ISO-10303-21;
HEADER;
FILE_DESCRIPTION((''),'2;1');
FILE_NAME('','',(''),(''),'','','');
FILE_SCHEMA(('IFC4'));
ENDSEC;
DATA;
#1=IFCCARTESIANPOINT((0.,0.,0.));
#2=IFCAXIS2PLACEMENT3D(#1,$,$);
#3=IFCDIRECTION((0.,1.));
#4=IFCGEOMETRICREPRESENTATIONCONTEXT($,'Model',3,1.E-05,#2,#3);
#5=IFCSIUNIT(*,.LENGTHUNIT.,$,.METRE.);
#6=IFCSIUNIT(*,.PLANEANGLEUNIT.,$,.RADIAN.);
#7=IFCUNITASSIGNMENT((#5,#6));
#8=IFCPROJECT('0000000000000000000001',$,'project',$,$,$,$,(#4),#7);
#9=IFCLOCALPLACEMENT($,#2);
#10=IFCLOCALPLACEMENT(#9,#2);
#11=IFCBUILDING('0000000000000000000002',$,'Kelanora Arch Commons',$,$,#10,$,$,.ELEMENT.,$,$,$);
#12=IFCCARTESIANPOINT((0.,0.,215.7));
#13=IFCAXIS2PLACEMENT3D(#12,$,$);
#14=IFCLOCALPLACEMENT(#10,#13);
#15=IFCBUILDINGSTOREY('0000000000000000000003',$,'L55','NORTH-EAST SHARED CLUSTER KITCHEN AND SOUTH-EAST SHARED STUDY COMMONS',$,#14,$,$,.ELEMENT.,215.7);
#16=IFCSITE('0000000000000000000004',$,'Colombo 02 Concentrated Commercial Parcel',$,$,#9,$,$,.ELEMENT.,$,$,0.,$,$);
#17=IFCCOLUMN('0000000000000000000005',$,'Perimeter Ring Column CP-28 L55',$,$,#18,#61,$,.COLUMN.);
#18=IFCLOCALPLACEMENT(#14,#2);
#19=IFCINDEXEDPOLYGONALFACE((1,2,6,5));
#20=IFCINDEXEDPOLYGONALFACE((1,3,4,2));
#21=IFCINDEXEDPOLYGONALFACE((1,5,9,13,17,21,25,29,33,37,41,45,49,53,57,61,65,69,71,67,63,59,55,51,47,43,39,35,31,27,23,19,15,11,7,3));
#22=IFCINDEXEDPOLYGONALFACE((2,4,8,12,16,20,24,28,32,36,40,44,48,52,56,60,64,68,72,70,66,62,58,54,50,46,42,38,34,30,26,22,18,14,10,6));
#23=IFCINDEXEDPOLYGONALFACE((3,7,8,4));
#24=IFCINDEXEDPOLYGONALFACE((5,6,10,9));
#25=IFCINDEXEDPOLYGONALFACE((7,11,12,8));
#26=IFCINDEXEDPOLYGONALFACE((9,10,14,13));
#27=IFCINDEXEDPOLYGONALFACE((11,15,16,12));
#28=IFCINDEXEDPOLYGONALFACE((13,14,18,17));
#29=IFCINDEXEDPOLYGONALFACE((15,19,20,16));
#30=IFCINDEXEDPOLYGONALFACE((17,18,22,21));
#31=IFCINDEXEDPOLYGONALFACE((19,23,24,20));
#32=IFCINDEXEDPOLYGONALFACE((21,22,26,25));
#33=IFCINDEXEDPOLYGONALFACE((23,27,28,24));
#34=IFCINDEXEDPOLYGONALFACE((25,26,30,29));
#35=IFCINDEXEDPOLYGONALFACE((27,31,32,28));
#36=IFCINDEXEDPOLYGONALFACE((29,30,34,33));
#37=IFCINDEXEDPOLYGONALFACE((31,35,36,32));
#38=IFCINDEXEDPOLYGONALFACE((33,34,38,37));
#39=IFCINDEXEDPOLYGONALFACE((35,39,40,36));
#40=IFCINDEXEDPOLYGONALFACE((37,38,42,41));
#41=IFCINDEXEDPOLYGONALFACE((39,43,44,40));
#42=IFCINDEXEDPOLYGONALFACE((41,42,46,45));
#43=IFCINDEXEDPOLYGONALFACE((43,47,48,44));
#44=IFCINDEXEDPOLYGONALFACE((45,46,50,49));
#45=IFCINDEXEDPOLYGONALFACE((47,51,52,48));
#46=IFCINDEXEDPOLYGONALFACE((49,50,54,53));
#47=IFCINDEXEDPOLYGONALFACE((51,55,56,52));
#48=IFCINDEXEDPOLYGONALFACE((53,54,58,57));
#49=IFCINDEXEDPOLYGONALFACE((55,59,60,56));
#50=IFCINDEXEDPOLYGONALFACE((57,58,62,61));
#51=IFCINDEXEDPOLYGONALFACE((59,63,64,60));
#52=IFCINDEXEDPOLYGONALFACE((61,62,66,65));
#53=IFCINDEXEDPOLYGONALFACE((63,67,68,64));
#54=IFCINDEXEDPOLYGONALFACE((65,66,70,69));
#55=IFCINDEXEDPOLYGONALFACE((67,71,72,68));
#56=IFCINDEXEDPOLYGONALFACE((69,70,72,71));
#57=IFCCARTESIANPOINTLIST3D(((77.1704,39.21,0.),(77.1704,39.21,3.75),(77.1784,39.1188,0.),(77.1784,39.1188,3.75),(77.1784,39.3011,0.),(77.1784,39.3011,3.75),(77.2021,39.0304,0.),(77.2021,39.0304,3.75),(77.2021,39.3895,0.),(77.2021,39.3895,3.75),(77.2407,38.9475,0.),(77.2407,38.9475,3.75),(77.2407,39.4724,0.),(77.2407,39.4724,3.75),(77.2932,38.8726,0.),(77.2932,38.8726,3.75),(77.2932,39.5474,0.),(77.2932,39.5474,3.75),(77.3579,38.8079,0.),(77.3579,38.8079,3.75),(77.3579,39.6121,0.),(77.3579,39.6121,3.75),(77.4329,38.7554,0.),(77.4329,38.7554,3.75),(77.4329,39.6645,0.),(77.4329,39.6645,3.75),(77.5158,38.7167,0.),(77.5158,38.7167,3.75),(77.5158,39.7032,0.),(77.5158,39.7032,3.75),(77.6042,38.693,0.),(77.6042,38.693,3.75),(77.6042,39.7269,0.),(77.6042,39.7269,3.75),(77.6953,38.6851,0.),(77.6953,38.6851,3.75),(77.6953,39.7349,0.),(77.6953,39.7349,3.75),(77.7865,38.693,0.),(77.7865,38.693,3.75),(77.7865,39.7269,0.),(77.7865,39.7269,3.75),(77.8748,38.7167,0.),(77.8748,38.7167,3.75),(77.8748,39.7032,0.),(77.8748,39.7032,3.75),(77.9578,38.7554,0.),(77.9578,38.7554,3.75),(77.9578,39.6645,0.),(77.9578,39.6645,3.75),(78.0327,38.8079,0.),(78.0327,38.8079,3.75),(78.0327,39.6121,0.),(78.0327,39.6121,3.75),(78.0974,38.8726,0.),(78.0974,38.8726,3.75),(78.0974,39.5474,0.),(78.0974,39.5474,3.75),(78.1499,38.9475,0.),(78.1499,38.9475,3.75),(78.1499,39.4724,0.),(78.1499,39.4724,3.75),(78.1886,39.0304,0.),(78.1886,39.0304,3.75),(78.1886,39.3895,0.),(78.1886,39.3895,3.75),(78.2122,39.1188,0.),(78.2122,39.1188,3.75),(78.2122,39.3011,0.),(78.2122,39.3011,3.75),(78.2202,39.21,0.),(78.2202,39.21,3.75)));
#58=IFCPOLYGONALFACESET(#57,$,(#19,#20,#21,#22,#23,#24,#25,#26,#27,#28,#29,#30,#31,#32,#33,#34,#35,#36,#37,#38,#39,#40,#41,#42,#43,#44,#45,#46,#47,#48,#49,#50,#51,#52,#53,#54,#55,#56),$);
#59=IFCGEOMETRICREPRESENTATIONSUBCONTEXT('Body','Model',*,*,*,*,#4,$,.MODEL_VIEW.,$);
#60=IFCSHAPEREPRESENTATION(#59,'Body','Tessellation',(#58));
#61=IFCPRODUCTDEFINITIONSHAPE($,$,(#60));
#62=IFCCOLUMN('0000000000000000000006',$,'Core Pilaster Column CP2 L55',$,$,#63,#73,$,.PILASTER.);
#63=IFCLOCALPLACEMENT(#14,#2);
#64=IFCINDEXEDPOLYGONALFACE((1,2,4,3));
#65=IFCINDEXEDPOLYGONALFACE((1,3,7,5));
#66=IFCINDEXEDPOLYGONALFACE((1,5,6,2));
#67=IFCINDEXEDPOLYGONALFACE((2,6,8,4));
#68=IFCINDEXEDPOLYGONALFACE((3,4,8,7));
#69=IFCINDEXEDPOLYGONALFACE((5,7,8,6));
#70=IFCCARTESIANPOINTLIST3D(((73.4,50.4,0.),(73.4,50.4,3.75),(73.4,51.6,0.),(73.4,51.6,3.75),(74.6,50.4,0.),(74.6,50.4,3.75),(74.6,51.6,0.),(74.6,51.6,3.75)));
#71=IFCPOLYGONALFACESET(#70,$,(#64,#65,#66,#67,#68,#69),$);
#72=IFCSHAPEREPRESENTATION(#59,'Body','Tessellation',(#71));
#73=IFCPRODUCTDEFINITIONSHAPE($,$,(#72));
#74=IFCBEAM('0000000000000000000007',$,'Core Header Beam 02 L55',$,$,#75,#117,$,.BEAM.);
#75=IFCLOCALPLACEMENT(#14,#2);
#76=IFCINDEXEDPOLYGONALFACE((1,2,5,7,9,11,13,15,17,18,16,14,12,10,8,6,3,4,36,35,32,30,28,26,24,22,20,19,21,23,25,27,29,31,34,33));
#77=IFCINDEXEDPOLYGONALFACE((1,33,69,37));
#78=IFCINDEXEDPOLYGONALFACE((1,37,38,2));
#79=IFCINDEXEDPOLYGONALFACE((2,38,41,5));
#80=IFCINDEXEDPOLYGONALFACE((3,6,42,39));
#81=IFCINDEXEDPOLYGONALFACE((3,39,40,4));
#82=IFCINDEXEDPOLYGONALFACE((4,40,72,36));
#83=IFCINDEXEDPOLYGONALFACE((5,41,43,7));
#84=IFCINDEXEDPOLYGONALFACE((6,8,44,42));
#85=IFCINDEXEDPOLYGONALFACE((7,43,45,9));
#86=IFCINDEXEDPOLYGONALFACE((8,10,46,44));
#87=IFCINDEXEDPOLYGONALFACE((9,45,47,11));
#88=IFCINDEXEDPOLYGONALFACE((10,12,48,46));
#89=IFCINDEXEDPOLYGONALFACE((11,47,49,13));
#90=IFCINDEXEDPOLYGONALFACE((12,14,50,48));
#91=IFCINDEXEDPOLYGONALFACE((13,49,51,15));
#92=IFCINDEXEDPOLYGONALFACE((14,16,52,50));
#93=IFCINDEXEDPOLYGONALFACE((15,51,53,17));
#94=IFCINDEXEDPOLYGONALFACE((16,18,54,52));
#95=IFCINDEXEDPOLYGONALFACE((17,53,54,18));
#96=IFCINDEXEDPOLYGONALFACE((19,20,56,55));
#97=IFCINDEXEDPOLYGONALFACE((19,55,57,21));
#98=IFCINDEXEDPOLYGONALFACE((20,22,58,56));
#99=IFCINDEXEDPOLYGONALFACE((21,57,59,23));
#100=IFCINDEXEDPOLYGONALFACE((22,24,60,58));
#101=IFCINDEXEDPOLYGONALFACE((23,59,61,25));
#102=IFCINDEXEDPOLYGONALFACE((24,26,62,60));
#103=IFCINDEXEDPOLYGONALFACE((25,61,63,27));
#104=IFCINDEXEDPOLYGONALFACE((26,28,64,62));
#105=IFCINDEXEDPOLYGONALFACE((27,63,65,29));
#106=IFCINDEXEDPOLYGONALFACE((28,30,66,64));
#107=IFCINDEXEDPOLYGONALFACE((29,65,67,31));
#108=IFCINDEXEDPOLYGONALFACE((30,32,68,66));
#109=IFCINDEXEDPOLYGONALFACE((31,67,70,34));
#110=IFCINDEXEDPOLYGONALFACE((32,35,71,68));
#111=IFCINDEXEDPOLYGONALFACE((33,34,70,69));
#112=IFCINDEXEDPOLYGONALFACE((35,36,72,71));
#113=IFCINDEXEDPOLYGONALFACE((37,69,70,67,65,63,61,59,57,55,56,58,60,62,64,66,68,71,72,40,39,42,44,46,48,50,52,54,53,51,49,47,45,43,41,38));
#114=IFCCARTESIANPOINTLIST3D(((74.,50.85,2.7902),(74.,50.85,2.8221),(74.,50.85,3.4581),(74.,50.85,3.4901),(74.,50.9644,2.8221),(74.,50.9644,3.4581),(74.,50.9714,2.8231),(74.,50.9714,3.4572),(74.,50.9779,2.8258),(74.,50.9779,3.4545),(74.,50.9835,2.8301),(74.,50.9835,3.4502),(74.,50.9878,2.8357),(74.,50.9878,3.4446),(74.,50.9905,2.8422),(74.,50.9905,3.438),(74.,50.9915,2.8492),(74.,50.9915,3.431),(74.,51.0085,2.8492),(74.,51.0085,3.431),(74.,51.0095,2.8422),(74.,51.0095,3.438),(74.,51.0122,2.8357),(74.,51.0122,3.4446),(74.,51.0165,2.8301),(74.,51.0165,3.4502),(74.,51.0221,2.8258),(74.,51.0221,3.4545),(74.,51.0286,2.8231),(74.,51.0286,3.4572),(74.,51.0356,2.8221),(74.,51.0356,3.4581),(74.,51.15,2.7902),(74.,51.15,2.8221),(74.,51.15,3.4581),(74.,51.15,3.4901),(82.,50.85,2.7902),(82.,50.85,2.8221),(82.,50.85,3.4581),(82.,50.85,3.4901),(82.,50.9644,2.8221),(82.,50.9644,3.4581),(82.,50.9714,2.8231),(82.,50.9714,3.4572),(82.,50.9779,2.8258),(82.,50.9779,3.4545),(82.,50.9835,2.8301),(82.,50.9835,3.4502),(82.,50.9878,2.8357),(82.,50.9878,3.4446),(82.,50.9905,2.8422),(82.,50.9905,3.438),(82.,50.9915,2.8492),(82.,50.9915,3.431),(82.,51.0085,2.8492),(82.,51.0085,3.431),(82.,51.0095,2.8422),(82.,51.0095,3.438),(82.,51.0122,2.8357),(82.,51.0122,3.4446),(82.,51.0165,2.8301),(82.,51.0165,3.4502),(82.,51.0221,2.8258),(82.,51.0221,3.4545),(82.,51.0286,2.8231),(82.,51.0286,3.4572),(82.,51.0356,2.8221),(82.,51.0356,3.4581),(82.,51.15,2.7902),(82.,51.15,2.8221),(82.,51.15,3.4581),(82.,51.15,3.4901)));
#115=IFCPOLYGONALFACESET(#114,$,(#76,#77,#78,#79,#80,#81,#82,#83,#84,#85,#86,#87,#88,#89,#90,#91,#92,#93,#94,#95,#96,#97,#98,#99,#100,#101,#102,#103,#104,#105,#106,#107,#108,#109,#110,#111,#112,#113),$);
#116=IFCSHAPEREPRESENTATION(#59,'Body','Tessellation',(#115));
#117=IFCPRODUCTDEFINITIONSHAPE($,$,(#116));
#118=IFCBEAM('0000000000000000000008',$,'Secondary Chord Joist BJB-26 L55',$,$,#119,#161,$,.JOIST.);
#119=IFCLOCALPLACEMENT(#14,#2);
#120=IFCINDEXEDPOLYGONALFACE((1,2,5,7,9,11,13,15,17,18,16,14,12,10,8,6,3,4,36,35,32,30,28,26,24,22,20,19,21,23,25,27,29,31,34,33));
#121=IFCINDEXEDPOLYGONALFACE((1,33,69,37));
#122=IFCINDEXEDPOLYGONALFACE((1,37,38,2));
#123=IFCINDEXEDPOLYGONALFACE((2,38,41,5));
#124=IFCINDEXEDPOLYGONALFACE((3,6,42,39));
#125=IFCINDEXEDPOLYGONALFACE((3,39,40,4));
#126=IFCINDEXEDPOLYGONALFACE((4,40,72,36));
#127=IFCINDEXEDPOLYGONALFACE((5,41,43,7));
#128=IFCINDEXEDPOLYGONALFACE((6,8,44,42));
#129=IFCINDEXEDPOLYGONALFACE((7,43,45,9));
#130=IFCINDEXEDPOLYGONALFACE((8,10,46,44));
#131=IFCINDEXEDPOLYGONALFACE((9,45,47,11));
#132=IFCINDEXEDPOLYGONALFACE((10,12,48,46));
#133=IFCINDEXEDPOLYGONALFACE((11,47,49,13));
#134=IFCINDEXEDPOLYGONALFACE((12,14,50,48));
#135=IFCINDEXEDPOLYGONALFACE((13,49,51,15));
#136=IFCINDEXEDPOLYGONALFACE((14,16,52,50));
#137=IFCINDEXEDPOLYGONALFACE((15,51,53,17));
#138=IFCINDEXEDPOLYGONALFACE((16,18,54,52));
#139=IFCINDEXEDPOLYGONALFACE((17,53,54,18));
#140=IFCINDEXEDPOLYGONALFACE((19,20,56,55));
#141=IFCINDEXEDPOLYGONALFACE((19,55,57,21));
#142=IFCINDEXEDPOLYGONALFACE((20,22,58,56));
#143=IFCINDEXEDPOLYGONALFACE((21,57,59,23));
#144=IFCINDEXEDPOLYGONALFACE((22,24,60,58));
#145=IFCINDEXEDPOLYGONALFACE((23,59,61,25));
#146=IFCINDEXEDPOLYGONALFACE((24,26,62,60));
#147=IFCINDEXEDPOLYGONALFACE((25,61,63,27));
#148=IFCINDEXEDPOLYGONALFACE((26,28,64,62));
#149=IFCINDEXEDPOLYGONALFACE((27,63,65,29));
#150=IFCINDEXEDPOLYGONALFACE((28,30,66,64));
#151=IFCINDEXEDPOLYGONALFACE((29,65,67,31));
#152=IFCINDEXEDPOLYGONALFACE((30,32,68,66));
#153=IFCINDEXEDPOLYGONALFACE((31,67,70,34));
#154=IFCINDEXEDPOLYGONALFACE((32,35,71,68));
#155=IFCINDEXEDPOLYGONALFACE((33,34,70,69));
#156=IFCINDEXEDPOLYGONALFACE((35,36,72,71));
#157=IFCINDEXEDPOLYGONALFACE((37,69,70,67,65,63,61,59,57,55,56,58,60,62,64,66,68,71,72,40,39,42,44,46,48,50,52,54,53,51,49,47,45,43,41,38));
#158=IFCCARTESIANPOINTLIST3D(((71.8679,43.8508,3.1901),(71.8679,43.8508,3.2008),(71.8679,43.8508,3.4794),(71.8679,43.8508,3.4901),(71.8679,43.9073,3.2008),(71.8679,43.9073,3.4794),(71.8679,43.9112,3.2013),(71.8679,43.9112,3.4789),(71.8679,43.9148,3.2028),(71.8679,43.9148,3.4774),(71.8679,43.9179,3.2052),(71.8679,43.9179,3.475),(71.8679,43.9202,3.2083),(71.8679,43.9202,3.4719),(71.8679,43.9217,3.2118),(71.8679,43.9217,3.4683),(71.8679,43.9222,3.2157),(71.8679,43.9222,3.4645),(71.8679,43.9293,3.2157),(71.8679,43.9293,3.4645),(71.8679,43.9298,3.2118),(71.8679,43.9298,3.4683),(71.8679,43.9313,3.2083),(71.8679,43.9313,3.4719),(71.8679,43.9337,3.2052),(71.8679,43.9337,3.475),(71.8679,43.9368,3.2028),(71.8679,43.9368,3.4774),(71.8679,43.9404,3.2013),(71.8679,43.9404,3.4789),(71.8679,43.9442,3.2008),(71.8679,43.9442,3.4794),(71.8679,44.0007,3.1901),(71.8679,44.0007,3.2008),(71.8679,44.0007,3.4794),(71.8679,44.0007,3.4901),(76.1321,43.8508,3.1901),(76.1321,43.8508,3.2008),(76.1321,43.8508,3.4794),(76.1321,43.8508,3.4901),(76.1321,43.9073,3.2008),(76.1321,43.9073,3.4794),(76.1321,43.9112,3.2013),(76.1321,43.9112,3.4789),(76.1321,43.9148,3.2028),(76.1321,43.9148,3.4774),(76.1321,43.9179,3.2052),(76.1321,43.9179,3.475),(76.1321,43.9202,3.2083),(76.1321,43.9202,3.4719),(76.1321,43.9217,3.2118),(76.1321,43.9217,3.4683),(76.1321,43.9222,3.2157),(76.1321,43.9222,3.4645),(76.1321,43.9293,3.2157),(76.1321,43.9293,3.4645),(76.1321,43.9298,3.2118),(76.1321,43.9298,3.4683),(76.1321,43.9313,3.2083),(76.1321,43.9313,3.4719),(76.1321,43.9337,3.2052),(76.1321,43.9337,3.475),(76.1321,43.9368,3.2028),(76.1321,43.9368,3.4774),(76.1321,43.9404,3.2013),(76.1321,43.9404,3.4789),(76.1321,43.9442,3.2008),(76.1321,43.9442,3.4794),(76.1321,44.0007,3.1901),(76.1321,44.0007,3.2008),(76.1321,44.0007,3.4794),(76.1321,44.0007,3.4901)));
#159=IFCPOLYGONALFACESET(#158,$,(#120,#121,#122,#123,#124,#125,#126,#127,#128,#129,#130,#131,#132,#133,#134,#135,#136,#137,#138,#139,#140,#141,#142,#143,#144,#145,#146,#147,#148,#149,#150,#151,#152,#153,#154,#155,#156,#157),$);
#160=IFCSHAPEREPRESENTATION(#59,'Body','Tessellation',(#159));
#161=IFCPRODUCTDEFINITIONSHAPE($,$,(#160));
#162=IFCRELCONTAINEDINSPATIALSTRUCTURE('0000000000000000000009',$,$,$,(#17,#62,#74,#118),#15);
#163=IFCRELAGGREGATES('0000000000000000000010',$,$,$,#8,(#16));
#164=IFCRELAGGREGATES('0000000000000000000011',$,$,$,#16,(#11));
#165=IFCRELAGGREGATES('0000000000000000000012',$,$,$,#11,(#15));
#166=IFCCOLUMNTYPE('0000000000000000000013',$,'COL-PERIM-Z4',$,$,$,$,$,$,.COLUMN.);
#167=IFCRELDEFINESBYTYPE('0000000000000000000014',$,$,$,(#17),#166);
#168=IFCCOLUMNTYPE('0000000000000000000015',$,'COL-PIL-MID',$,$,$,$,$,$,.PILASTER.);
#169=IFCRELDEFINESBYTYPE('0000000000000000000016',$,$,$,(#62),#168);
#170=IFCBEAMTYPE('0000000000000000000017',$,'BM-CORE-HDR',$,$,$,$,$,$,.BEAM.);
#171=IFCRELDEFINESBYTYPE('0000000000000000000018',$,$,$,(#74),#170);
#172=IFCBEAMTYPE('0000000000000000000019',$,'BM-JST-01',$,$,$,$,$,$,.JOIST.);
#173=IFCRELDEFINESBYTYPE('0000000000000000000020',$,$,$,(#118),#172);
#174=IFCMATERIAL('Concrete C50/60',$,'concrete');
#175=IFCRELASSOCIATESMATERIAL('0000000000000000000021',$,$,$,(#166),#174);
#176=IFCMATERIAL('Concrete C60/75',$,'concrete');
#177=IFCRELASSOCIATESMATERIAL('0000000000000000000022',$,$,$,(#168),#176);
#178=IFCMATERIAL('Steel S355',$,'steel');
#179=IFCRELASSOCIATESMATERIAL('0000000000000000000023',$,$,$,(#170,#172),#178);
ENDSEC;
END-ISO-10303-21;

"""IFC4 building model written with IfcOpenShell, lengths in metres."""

from ifc_helpers import new_model, si_unit, direction, frame, origin, origin_2d, place, context, subcontext, project, spatial, rectangle, circle, i_section, extrude, material, material_profile, profile_set, type_object, element, save


model = new_model("IFC4")

# Units and contexts
model_context = context("Model", 3, precision=1e-05, world=origin(), true_north=direction((0.0, 1.0)))
body_context = subcontext(model_context, "Body", "Model", "MODEL_VIEW")
ifc_project = project(units=[si_unit("LENGTHUNIT", "METRE"), si_unit("PLANEANGLEUNIT", "RADIAN")], contexts=[model_context])

# Site, building, storey
site_placement = place(None, origin())
site = spatial("IfcSite", under=ifc_project, at=site_placement, Name="Colombo 02 Concentrated Commercial Parcel", CompositionType="ELEMENT", RefElevation=0.0)
building_placement = place(site_placement, origin())
building = spatial("IfcBuilding", under=site, at=building_placement, Name="Kelanora Arch Commons", CompositionType="ELEMENT")
storey_placement = place(building_placement, frame((0.0, 0.0, 215.7)))
storey = spatial("IfcBuildingStorey", under=building, at=storey_placement, Name="L55", Description="NORTH-EAST SHARED CLUSTER KITCHEN AND SOUTH-EAST SHARED STUDY COMMONS", CompositionType="ELEMENT", Elevation=215.7)

# Columns
ifc_material_1 = material(Name="Concrete C50/60", Category="concrete")
ifc_material_profile_1 = material_profile(ifc_material_1, circle(Radius=0.5249, at=origin_2d()), Name="RCC1050")
ifc_profile_set_1 = profile_set([ifc_material_profile_1], Name="Concrete C50/60")
column_type_1 = type_object("IfcColumnType", Name="COL-PERIM-Z4", PredefinedType="COLUMN", material=ifc_profile_set_1)
column_1_placement = place(storey_placement, frame((77.6953, 39.21, 0.0), z_axis=(0.0, 0.0, 1.0), x_axis=(1.0, 0.0, 0.0)))
element("IfcColumn", 1, at=column_1_placement, inside=storey, type_object=column_type_1, Name="Perimeter Ring Column CP-28 L55", PredefinedType="COLUMN", context=body_context, shape_type="SweptSolid", body=[
    extrude(circle(Radius=0.5249, at=origin_2d()), origin(), (0.0, 0.0, 1.0), 3.75),
])
ifc_material_2 = material(Name="Concrete C60/75", Category="concrete")
ifc_material_profile_2 = material_profile(ifc_material_2, rectangle(XDim=1.2, YDim=1.2, at=origin_2d()), Name="RC1200x1200")
ifc_profile_set_2 = profile_set([ifc_material_profile_2], Name="Concrete C60/75")
column_type_2 = type_object("IfcColumnType", Name="COL-PIL-MID", PredefinedType="PILASTER", material=ifc_profile_set_2)
column_2_placement = place(storey_placement, frame((74.0, 51.0, 0.0), z_axis=(0.0, 0.0, 1.0), x_axis=(1.0, 0.0, 0.0)))
element("IfcColumn", 2, at=column_2_placement, inside=storey, type_object=column_type_2, Name="Core Pilaster Column CP2 L55", PredefinedType="PILASTER", context=body_context, shape_type="SweptSolid", body=[
    extrude(rectangle(XDim=1.2, YDim=1.2, at=origin_2d()), origin(), (0.0, 0.0, 1.0), 3.75),
])

# Beams
ifc_material_3 = material(Name="Steel S355", Category="steel")
ifc_material_profile_3 = material_profile(ifc_material_3, i_section(OverallWidth=0.3, OverallDepth=0.7, WebThickness=0.0171, FlangeThickness=0.032, FilletRadius=0.0271, at=origin_2d()), Name="HEB700")
ifc_profile_set_3 = profile_set([ifc_material_profile_3], Name="Steel S355")
beam_type_1 = type_object("IfcBeamType", Name="BM-CORE-HDR", PredefinedType="BEAM", material=ifc_profile_set_3)
beam_1_placement = place(storey_placement, frame((74.0, 51.0, 3.1401), z_axis=(1.0, 0.0, 0.0), x_axis=(0.0, 1.0, 0.0)))
element("IfcBeam", 3, at=beam_1_placement, inside=storey, type_object=beam_type_1, Name="Core Header Beam 02 L55", PredefinedType="BEAM", context=body_context, shape_type="SweptSolid", body=[
    extrude(i_section(OverallWidth=0.3, OverallDepth=0.7, WebThickness=0.0171, FlangeThickness=0.032, FilletRadius=0.0271, at=origin_2d()), origin(), (0.0, 0.0, 1.0), 8.0),
])
ifc_material_profile_4 = material_profile(ifc_material_3, i_section(OverallWidth=0.1499, OverallDepth=0.3, WebThickness=0.0071, FlangeThickness=0.0107, FilletRadius=0.0149, at=origin_2d()), Name="IPE300")
ifc_profile_set_4 = profile_set([ifc_material_profile_4], Name="Steel S355")
beam_type_2 = type_object("IfcBeamType", Name="BM-JST-01", PredefinedType="JOIST", material=ifc_profile_set_4)
beam_2_placement = place(storey_placement, frame((71.8679, 43.9258, 3.3401), z_axis=(1.0, 0.0, 0.0), x_axis=(0.0, 1.0, 0.0)))
element("IfcBeam", 4, at=beam_2_placement, inside=storey, type_object=beam_type_2, Name="Secondary Chord Joist BJB-26 L55", PredefinedType="JOIST", context=body_context, shape_type="SweptSolid", body=[
    extrude(i_section(OverallWidth=0.1499, OverallDepth=0.3, WebThickness=0.0071, FlangeThickness=0.0107, FilletRadius=0.0149, at=origin_2d()), origin(), (0.0, 0.0, 1.0), 4.2642),
])

save(model, "model.ifc")
